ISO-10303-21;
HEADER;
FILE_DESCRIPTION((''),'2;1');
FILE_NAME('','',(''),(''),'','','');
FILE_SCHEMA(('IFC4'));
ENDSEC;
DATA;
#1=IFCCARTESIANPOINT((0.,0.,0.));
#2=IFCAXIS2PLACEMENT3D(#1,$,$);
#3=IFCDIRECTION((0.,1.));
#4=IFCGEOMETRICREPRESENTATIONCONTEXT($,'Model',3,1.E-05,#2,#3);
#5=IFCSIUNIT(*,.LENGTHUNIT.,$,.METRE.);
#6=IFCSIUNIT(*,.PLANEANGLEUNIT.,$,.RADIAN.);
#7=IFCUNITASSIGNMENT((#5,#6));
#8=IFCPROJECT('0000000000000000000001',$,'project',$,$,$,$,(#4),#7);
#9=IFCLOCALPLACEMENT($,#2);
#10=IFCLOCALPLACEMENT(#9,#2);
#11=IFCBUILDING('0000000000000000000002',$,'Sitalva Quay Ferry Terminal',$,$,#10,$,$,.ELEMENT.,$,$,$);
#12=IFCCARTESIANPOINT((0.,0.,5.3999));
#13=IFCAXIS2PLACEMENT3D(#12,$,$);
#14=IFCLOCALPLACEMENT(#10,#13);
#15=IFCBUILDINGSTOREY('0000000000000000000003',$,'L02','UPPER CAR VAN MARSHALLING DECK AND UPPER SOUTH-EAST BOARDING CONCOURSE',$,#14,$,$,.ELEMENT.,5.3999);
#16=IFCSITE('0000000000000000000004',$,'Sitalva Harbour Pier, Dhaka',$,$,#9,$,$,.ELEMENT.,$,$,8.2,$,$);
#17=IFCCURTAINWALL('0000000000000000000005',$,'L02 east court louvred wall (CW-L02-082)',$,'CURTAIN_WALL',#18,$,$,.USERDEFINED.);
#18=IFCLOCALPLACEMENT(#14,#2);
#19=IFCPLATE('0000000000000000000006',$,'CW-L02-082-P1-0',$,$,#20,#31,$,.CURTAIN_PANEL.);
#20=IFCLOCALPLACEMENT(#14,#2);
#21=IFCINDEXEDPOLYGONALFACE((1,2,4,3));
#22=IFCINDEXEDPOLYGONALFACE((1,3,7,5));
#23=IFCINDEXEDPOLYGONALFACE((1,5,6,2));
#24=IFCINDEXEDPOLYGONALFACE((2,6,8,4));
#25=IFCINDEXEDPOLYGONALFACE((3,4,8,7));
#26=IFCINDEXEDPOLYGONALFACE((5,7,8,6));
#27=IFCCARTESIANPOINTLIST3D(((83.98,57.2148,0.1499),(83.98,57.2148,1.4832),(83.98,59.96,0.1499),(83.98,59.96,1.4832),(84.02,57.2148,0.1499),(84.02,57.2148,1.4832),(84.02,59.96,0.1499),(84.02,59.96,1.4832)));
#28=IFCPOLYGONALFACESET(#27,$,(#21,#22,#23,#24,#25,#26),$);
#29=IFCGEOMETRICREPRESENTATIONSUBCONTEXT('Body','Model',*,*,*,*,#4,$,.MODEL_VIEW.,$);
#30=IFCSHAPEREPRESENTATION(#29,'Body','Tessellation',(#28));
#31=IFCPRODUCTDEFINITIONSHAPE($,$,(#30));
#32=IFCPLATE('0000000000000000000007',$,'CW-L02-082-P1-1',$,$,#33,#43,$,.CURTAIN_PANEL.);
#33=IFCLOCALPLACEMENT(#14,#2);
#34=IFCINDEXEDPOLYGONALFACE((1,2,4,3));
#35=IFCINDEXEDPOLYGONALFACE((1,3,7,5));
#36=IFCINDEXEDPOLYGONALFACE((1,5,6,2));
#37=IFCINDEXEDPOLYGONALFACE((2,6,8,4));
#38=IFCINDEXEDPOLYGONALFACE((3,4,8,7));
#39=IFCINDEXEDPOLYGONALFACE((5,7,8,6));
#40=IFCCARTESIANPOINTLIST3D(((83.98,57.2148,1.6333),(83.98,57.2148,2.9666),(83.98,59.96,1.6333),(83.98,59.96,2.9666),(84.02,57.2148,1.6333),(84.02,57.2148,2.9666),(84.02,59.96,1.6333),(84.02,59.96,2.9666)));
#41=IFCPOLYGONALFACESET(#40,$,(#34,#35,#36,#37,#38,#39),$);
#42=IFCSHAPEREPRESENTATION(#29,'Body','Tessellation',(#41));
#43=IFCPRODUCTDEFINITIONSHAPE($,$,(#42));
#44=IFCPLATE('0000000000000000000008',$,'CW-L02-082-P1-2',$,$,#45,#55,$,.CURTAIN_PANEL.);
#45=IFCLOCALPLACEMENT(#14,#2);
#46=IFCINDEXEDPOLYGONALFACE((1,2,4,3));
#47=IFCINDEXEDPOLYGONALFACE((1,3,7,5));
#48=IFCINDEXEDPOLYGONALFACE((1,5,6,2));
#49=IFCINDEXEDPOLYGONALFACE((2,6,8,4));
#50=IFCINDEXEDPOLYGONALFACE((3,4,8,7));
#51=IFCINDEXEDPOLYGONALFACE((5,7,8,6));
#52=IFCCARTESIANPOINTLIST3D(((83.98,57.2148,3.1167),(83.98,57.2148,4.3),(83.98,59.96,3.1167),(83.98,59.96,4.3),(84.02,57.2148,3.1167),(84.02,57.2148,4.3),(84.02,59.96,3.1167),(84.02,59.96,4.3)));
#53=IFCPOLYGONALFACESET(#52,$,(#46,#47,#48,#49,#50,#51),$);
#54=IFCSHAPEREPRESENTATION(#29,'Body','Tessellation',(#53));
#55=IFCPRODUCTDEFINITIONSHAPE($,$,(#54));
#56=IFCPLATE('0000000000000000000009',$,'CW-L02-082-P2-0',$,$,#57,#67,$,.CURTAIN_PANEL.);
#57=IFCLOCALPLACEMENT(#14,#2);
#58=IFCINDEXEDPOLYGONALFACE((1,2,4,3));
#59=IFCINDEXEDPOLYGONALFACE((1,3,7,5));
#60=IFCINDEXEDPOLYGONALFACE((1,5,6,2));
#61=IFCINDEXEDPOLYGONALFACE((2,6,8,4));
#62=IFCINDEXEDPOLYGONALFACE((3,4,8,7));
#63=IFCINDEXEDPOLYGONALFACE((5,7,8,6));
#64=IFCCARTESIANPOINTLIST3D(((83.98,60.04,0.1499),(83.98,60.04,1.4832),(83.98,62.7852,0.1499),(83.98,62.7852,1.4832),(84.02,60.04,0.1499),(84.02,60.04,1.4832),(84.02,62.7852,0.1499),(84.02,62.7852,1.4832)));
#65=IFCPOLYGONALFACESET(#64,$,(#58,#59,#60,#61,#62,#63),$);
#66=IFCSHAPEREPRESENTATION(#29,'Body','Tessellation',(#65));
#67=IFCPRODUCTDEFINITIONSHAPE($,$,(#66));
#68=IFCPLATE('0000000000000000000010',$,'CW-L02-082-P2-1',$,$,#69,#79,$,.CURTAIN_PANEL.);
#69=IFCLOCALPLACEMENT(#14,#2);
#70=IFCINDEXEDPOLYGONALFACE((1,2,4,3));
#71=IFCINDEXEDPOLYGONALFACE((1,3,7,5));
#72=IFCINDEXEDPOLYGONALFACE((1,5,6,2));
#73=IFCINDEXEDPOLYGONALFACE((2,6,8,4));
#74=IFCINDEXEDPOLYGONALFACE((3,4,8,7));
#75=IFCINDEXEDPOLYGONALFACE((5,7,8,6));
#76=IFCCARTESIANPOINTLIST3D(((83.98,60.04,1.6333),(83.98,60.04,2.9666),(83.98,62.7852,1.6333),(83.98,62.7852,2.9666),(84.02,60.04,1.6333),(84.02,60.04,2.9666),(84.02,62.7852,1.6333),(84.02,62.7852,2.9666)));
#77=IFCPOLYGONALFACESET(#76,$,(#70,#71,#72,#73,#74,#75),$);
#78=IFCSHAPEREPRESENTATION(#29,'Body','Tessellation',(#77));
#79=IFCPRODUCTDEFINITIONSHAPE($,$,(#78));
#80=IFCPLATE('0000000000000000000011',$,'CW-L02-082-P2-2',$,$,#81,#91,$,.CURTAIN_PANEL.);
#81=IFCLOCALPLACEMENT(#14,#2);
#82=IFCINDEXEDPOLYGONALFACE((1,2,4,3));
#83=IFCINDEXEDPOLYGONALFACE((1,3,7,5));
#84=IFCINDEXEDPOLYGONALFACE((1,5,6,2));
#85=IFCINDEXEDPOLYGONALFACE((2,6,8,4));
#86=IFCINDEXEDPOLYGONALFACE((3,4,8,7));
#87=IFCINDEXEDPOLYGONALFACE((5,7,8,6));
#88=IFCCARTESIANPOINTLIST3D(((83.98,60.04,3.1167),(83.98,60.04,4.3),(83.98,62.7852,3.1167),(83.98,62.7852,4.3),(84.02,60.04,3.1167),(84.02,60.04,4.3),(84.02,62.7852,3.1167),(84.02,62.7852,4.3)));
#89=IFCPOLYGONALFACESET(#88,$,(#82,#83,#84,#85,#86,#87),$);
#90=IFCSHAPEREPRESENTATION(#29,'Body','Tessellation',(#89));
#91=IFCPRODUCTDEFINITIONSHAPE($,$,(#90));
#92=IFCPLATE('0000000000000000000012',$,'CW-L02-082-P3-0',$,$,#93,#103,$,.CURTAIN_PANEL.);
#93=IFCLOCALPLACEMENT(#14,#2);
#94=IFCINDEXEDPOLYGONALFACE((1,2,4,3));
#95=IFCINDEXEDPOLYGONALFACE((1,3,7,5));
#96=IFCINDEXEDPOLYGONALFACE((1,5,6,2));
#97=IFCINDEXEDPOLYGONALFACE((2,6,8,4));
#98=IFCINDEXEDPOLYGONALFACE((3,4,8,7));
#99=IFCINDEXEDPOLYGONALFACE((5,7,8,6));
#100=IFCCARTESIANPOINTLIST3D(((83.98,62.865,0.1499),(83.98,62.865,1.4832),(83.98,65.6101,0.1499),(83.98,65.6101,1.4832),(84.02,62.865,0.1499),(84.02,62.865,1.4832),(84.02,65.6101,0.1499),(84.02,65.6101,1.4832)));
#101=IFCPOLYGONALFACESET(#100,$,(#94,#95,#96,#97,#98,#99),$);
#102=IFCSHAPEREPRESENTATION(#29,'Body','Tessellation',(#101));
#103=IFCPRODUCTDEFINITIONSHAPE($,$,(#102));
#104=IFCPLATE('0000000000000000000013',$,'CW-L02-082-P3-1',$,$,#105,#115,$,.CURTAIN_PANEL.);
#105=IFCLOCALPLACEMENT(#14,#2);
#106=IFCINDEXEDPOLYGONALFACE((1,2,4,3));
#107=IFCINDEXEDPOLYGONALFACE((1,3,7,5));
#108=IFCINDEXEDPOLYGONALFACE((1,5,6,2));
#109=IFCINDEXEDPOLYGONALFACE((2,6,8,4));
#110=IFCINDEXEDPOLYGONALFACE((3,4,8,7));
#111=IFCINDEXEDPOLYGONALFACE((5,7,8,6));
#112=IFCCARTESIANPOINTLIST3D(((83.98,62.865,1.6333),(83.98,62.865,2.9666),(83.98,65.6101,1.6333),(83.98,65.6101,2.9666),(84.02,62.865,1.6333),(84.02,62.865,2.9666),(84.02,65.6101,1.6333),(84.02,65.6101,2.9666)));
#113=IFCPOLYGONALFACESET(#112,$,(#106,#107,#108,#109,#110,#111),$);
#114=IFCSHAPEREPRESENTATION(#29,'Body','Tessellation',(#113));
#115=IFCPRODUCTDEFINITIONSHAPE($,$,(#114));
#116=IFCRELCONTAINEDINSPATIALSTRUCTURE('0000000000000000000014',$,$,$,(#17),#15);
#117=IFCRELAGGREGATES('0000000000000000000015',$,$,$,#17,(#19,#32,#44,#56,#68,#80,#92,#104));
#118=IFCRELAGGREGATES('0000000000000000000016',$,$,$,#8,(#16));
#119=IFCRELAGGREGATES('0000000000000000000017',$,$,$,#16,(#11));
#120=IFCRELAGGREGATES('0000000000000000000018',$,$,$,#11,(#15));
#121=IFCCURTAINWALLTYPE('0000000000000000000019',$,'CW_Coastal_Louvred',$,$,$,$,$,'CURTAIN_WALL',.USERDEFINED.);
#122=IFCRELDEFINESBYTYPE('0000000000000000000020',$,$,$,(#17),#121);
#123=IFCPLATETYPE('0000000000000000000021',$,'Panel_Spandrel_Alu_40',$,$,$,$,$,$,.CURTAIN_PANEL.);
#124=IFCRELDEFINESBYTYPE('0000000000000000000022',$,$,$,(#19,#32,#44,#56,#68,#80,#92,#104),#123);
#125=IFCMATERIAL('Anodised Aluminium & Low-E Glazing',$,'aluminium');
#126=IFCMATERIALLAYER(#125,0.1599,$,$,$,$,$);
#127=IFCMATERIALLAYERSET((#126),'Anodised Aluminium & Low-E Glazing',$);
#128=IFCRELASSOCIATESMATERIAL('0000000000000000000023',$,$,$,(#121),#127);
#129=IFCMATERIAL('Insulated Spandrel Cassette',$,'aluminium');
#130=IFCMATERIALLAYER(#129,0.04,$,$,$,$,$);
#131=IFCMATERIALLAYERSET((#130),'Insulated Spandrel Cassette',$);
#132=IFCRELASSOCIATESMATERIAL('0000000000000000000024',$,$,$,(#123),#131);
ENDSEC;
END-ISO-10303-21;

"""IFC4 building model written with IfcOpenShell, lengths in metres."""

from ifc_helpers import new_model, si_unit, direction, frame, origin, origin_2d, place, context, subcontext, project, spatial, rectangle, extrude, material, layer, layer_set, type_object, element, aggregate, save


model = new_model("IFC4")

# Units and contexts
model_context = context("Model", 3, precision=1e-05, world=origin(), true_north=direction((0.0, 1.0)))
body_context = subcontext(model_context, "Body", "Model", "MODEL_VIEW")
ifc_project = project(units=[si_unit("LENGTHUNIT", "METRE"), si_unit("PLANEANGLEUNIT", "RADIAN")], contexts=[model_context])

# Site, building, storey
site_placement = place(None, origin())
site = spatial("IfcSite", under=ifc_project, at=site_placement, Name="Sitalva Harbour Pier, Dhaka", CompositionType="ELEMENT", RefElevation=8.2)
building_placement = place(site_placement, origin())
building = spatial("IfcBuilding", under=site, at=building_placement, Name="Sitalva Quay Ferry Terminal", CompositionType="ELEMENT")
storey_placement = place(building_placement, frame((0.0, 0.0, 5.3999)))
storey = spatial("IfcBuildingStorey", under=building, at=storey_placement, Name="L02", Description="UPPER CAR VAN MARSHALLING DECK AND UPPER SOUTH-EAST BOARDING CONCOURSE", CompositionType="ELEMENT", Elevation=5.3999)

# Curtain wall, plates
ifc_material_1 = material(Name="Anodised Aluminium & Low-E Glazing", Category="aluminium")
ifc_layer_1 = layer(ifc_material_1, 0.1599)
ifc_layer_set_1 = layer_set([ifc_layer_1], Name="Anodised Aluminium & Low-E Glazing")
curtain_wall_type = type_object("IfcCurtainWallType", Name="CW_Coastal_Louvred", ElementType="CURTAIN_WALL", PredefinedType="USERDEFINED", material=ifc_layer_set_1)
curtain_wall_placement = place(storey_placement, origin())
curtain_wall = element("IfcCurtainWall", 1, at=curtain_wall_placement, inside=storey, type_object=curtain_wall_type, Name="L02 east court louvred wall (CW-L02-082)", ObjectType="CURTAIN_WALL", PredefinedType="USERDEFINED")
ifc_material_2 = material(Name="Insulated Spandrel Cassette", Category="aluminium")
ifc_layer_2 = layer(ifc_material_2, 0.04)
ifc_layer_set_2 = layer_set([ifc_layer_2], Name="Insulated Spandrel Cassette")
plate_type = type_object("IfcPlateType", Name="Panel_Spandrel_Alu_40", PredefinedType="CURTAIN_PANEL", material=ifc_layer_set_2)
plate_1_placement = place(storey_placement, frame((84.0, 58.5874, 0.1499), z_axis=(0.0, 0.0, 1.0), x_axis=(0.0, 1.0, 0.0)))
plate_1 = element("IfcPlate", 2, at=plate_1_placement, type_object=plate_type, Name="CW-L02-082-P1-0", PredefinedType="CURTAIN_PANEL", context=body_context, shape_type="SweptSolid", body=[
    extrude(rectangle(XDim=2.7451, YDim=0.04, at=origin_2d()), origin(), (0.0, 0.0, 1.0), 1.3333),
])
plate_2_placement = place(storey_placement, frame((84.0, 58.5874, 1.6333), z_axis=(0.0, 0.0, 1.0), x_axis=(0.0, 1.0, 0.0)))
plate_2 = element("IfcPlate", 3, at=plate_2_placement, type_object=plate_type, Name="CW-L02-082-P1-1", PredefinedType="CURTAIN_PANEL", context=body_context, shape_type="SweptSolid", body=[
    extrude(rectangle(XDim=2.7451, YDim=0.04, at=origin_2d()), origin(), (0.0, 0.0, 1.0), 1.3333),
])
plate_3_placement = place(storey_placement, frame((84.0, 58.5874, 3.1167), z_axis=(0.0, 0.0, 1.0), x_axis=(0.0, 1.0, 0.0)))
plate_3 = element("IfcPlate", 4, at=plate_3_placement, type_object=plate_type, Name="CW-L02-082-P1-2", PredefinedType="CURTAIN_PANEL", context=body_context, shape_type="SweptSolid", body=[
    extrude(rectangle(XDim=2.7451, YDim=0.04, at=origin_2d()), origin(), (0.0, 0.0, 1.0), 1.1833),
])
plate_4_placement = place(storey_placement, frame((84.0, 61.4126, 0.1499), z_axis=(0.0, 0.0, 1.0), x_axis=(0.0, 1.0, 0.0)))
plate_4 = element("IfcPlate", 5, at=plate_4_placement, type_object=plate_type, Name="CW-L02-082-P2-0", PredefinedType="CURTAIN_PANEL", context=body_context, shape_type="SweptSolid", body=[
    extrude(rectangle(XDim=2.7451, YDim=0.04, at=origin_2d()), origin(), (0.0, 0.0, 1.0), 1.3333),
])
plate_5_placement = place(storey_placement, frame((84.0, 61.4126, 1.6333), z_axis=(0.0, 0.0, 1.0), x_axis=(0.0, 1.0, 0.0)))
plate_5 = element("IfcPlate", 6, at=plate_5_placement, type_object=plate_type, Name="CW-L02-082-P2-1", PredefinedType="CURTAIN_PANEL", context=body_context, shape_type="SweptSolid", body=[
    extrude(rectangle(XDim=2.7451, YDim=0.04, at=origin_2d()), origin(), (0.0, 0.0, 1.0), 1.3333),
])
plate_6_placement = place(storey_placement, frame((84.0, 61.4126, 3.1167), z_axis=(0.0, 0.0, 1.0), x_axis=(0.0, 1.0, 0.0)))
plate_6 = element("IfcPlate", 7, at=plate_6_placement, type_object=plate_type, Name="CW-L02-082-P2-2", PredefinedType="CURTAIN_PANEL", context=body_context, shape_type="SweptSolid", body=[
    extrude(rectangle(XDim=2.7451, YDim=0.04, at=origin_2d()), origin(), (0.0, 0.0, 1.0), 1.1833),
])
plate_7_placement = place(storey_placement, frame((84.0, 64.2375, 0.1499), z_axis=(0.0, 0.0, 1.0), x_axis=(0.0, 1.0, 0.0)))
plate_7 = element("IfcPlate", 8, at=plate_7_placement, type_object=plate_type, Name="CW-L02-082-P3-0", PredefinedType="CURTAIN_PANEL", context=body_context, shape_type="SweptSolid", body=[
    extrude(rectangle(XDim=2.7451, YDim=0.04, at=origin_2d()), origin(), (0.0, 0.0, 1.0), 1.3333),
])
plate_8_placement = place(storey_placement, frame((84.0, 64.2375, 1.6333), z_axis=(0.0, 0.0, 1.0), x_axis=(0.0, 1.0, 0.0)))
plate_8 = element("IfcPlate", 9, at=plate_8_placement, type_object=plate_type, Name="CW-L02-082-P3-1", PredefinedType="CURTAIN_PANEL", context=body_context, shape_type="SweptSolid", body=[
    extrude(rectangle(XDim=2.7451, YDim=0.04, at=origin_2d()), origin(), (0.0, 0.0, 1.0), 1.3333),
])
aggregate(curtain_wall, [plate_1, plate_2, plate_3, plate_4, plate_5, plate_6, plate_7, plate_8])

save(model, "model.ifc")
